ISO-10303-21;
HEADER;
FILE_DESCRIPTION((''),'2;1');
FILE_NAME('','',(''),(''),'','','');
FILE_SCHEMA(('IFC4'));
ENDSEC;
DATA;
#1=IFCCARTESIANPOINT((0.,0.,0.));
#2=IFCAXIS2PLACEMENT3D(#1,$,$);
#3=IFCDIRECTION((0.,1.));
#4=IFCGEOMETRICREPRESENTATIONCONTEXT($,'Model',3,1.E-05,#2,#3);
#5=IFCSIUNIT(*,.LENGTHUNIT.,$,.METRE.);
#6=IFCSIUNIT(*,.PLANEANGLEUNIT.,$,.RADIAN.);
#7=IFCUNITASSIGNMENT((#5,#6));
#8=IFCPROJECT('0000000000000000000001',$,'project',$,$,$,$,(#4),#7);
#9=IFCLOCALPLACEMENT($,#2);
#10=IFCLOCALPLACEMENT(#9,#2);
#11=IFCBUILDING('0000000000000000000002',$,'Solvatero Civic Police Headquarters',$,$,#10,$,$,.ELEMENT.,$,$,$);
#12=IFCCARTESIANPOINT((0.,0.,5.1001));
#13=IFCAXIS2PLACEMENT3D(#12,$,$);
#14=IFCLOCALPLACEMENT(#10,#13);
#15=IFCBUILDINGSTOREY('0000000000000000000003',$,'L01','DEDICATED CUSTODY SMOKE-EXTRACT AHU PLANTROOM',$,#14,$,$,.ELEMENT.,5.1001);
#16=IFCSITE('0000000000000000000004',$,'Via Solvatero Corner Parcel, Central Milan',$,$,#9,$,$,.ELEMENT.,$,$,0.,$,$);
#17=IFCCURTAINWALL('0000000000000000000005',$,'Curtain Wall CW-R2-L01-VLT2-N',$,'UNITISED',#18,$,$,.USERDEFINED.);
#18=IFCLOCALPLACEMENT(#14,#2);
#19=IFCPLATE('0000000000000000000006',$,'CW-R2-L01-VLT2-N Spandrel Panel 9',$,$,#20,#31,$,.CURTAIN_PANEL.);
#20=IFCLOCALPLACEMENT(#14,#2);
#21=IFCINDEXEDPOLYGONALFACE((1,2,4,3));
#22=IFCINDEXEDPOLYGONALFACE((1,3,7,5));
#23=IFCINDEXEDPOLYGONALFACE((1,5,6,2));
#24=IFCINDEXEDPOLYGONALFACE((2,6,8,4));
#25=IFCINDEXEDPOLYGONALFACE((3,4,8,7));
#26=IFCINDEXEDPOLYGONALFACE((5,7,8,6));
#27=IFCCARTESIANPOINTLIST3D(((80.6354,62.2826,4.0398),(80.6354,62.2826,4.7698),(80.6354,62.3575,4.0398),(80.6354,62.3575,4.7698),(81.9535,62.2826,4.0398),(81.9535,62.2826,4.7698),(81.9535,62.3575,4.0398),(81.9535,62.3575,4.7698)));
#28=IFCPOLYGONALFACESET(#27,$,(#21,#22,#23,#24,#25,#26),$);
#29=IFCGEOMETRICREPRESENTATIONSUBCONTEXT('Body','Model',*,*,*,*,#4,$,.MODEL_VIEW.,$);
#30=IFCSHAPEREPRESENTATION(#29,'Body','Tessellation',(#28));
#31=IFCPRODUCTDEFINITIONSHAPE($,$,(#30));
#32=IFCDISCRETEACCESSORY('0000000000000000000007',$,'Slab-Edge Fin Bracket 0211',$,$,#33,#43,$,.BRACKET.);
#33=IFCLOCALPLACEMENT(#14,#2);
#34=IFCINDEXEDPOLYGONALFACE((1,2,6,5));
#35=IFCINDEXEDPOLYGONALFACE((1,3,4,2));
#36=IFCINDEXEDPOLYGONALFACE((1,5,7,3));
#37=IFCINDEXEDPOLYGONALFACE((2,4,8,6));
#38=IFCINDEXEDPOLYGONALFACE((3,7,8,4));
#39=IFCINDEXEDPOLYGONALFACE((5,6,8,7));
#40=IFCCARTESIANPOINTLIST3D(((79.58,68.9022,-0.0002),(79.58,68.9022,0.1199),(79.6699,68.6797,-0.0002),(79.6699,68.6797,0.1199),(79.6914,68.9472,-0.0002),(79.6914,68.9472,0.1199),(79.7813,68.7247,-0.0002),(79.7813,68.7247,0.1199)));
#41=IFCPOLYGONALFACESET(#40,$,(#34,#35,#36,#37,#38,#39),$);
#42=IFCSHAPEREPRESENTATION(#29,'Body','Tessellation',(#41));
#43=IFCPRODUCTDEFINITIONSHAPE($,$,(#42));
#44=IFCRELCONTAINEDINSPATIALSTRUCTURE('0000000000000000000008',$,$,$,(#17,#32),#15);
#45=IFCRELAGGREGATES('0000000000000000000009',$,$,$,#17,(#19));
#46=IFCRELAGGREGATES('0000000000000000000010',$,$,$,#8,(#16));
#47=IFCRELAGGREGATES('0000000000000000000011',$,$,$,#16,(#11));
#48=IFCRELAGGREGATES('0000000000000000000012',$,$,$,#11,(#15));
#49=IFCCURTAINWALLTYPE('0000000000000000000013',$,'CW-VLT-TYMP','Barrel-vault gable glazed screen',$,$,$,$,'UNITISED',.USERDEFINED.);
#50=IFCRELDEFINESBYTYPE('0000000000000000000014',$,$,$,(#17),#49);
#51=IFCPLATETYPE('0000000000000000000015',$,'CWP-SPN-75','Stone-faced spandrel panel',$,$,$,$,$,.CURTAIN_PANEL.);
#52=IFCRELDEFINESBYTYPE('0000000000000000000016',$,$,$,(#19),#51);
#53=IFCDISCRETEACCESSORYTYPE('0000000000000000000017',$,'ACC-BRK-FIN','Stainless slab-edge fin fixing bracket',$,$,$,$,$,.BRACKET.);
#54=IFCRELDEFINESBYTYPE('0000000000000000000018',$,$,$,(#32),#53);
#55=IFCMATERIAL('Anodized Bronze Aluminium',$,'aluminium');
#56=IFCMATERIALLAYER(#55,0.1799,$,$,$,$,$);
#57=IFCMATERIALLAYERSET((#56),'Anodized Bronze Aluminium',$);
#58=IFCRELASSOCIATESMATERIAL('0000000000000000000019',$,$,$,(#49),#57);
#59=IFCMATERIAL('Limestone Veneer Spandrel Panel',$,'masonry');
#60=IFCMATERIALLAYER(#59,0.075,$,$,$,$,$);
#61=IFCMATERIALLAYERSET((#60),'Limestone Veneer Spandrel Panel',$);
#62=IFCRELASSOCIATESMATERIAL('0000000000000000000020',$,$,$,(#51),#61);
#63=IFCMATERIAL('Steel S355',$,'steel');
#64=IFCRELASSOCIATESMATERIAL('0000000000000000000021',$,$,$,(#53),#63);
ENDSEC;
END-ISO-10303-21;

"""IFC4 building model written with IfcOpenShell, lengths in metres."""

from ifc_helpers import new_model, si_unit, direction, frame, origin, origin_2d, place, context, subcontext, project, spatial, rectangle, extrude, material, layer, layer_set, type_object, element, aggregate, save


model = new_model("IFC4")

# Units and contexts
model_context = context("Model", 3, precision=1e-05, world=origin(), true_north=direction((0.0, 1.0)))
body_context = subcontext(model_context, "Body", "Model", "MODEL_VIEW")
ifc_project = project(units=[si_unit("LENGTHUNIT", "METRE"), si_unit("PLANEANGLEUNIT", "RADIAN")], contexts=[model_context])

# Site, building, storey
site_placement = place(None, origin())
site = spatial("IfcSite", under=ifc_project, at=site_placement, Name="Via Solvatero Corner Parcel, Central Milan", CompositionType="ELEMENT", RefElevation=0.0)
building_placement = place(site_placement, origin())
building = spatial("IfcBuilding", under=site, at=building_placement, Name="Solvatero Civic Police Headquarters", CompositionType="ELEMENT")
storey_placement = place(building_placement, frame((0.0, 0.0, 5.1001)))
storey = spatial("IfcBuildingStorey", under=building, at=storey_placement, Name="L01", Description="DEDICATED CUSTODY SMOKE-EXTRACT AHU PLANTROOM", CompositionType="ELEMENT", Elevation=5.1001)

# Shared definitions
ifc_material_1 = material(Name="Steel S355", Category="steel")

# Curtain wall
ifc_material_2 = material(Name="Anodized Bronze Aluminium", Category="aluminium")
ifc_layer_1 = layer(ifc_material_2, 0.1799)
ifc_layer_set_1 = layer_set([ifc_layer_1], Name="Anodized Bronze Aluminium")
curtain_wall_type_1 = type_object("IfcCurtainWallType", Name="CW-VLT-TYMP", Description="Barrel-vault gable glazed screen", ElementType="UNITISED", PredefinedType="USERDEFINED", material=ifc_layer_set_1)
curtain_wall_1_placement = place(storey_placement, origin())
curtain_wall_1 = element("IfcCurtainWall", 1, at=curtain_wall_1_placement, inside=storey, type_object=curtain_wall_type_1, Name="Curtain Wall CW-R2-L01-VLT2-N", ObjectType="UNITISED", PredefinedType="USERDEFINED")

# Plate
ifc_material_3 = material(Name="Limestone Veneer Spandrel Panel", Category="masonry")
ifc_layer_2 = layer(ifc_material_3, 0.075)
ifc_layer_set_2 = layer_set([ifc_layer_2], Name="Limestone Veneer Spandrel Panel")
plate_type_1 = type_object("IfcPlateType", Name="CWP-SPN-75", Description="Stone-faced spandrel panel", PredefinedType="CURTAIN_PANEL", material=ifc_layer_set_2)
plate_1_placement = place(storey_placement, frame((81.2944, 62.3201, 4.0398), z_axis=(0.0, 0.0, 1.0), x_axis=(1.0, 0.0, 0.0)))
plate_1 = element("IfcPlate", 2, at=plate_1_placement, type_object=plate_type_1, Name="CW-R2-L01-VLT2-N Spandrel Panel 9", PredefinedType="CURTAIN_PANEL", context=body_context, shape_type="SweptSolid", body=[
    extrude(rectangle(XDim=1.3181, YDim=0.075, at=origin_2d()), origin(), (0.0, 0.0, 1.0), 0.73),
])
aggregate(curtain_wall_1, [plate_1])

# Discrete accessory
discrete_accessory_type = type_object("IfcDiscreteAccessoryType", Name="ACC-BRK-FIN", Description="Stainless slab-edge fin fixing bracket", PredefinedType="BRACKET", material=ifc_material_1)
discrete_accessory_placement = place(storey_placement, frame((79.6807, 68.8135, -0.0002), z_axis=(0.0, 0.0, 1.0), x_axis=(-0.927184, -0.374607, 0.0)))
element("IfcDiscreteAccessory", 3, at=discrete_accessory_placement, inside=storey, type_object=discrete_accessory_type, Name="Slab-Edge Fin Bracket 0211", PredefinedType="BRACKET", context=body_context, shape_type="SweptSolid", body=[
    extrude(rectangle(XDim=0.1201, YDim=0.24, at=origin_2d()), origin(), (0.0, 0.0, 1.0), 0.1201),
])

save(model, "model.ifc")
